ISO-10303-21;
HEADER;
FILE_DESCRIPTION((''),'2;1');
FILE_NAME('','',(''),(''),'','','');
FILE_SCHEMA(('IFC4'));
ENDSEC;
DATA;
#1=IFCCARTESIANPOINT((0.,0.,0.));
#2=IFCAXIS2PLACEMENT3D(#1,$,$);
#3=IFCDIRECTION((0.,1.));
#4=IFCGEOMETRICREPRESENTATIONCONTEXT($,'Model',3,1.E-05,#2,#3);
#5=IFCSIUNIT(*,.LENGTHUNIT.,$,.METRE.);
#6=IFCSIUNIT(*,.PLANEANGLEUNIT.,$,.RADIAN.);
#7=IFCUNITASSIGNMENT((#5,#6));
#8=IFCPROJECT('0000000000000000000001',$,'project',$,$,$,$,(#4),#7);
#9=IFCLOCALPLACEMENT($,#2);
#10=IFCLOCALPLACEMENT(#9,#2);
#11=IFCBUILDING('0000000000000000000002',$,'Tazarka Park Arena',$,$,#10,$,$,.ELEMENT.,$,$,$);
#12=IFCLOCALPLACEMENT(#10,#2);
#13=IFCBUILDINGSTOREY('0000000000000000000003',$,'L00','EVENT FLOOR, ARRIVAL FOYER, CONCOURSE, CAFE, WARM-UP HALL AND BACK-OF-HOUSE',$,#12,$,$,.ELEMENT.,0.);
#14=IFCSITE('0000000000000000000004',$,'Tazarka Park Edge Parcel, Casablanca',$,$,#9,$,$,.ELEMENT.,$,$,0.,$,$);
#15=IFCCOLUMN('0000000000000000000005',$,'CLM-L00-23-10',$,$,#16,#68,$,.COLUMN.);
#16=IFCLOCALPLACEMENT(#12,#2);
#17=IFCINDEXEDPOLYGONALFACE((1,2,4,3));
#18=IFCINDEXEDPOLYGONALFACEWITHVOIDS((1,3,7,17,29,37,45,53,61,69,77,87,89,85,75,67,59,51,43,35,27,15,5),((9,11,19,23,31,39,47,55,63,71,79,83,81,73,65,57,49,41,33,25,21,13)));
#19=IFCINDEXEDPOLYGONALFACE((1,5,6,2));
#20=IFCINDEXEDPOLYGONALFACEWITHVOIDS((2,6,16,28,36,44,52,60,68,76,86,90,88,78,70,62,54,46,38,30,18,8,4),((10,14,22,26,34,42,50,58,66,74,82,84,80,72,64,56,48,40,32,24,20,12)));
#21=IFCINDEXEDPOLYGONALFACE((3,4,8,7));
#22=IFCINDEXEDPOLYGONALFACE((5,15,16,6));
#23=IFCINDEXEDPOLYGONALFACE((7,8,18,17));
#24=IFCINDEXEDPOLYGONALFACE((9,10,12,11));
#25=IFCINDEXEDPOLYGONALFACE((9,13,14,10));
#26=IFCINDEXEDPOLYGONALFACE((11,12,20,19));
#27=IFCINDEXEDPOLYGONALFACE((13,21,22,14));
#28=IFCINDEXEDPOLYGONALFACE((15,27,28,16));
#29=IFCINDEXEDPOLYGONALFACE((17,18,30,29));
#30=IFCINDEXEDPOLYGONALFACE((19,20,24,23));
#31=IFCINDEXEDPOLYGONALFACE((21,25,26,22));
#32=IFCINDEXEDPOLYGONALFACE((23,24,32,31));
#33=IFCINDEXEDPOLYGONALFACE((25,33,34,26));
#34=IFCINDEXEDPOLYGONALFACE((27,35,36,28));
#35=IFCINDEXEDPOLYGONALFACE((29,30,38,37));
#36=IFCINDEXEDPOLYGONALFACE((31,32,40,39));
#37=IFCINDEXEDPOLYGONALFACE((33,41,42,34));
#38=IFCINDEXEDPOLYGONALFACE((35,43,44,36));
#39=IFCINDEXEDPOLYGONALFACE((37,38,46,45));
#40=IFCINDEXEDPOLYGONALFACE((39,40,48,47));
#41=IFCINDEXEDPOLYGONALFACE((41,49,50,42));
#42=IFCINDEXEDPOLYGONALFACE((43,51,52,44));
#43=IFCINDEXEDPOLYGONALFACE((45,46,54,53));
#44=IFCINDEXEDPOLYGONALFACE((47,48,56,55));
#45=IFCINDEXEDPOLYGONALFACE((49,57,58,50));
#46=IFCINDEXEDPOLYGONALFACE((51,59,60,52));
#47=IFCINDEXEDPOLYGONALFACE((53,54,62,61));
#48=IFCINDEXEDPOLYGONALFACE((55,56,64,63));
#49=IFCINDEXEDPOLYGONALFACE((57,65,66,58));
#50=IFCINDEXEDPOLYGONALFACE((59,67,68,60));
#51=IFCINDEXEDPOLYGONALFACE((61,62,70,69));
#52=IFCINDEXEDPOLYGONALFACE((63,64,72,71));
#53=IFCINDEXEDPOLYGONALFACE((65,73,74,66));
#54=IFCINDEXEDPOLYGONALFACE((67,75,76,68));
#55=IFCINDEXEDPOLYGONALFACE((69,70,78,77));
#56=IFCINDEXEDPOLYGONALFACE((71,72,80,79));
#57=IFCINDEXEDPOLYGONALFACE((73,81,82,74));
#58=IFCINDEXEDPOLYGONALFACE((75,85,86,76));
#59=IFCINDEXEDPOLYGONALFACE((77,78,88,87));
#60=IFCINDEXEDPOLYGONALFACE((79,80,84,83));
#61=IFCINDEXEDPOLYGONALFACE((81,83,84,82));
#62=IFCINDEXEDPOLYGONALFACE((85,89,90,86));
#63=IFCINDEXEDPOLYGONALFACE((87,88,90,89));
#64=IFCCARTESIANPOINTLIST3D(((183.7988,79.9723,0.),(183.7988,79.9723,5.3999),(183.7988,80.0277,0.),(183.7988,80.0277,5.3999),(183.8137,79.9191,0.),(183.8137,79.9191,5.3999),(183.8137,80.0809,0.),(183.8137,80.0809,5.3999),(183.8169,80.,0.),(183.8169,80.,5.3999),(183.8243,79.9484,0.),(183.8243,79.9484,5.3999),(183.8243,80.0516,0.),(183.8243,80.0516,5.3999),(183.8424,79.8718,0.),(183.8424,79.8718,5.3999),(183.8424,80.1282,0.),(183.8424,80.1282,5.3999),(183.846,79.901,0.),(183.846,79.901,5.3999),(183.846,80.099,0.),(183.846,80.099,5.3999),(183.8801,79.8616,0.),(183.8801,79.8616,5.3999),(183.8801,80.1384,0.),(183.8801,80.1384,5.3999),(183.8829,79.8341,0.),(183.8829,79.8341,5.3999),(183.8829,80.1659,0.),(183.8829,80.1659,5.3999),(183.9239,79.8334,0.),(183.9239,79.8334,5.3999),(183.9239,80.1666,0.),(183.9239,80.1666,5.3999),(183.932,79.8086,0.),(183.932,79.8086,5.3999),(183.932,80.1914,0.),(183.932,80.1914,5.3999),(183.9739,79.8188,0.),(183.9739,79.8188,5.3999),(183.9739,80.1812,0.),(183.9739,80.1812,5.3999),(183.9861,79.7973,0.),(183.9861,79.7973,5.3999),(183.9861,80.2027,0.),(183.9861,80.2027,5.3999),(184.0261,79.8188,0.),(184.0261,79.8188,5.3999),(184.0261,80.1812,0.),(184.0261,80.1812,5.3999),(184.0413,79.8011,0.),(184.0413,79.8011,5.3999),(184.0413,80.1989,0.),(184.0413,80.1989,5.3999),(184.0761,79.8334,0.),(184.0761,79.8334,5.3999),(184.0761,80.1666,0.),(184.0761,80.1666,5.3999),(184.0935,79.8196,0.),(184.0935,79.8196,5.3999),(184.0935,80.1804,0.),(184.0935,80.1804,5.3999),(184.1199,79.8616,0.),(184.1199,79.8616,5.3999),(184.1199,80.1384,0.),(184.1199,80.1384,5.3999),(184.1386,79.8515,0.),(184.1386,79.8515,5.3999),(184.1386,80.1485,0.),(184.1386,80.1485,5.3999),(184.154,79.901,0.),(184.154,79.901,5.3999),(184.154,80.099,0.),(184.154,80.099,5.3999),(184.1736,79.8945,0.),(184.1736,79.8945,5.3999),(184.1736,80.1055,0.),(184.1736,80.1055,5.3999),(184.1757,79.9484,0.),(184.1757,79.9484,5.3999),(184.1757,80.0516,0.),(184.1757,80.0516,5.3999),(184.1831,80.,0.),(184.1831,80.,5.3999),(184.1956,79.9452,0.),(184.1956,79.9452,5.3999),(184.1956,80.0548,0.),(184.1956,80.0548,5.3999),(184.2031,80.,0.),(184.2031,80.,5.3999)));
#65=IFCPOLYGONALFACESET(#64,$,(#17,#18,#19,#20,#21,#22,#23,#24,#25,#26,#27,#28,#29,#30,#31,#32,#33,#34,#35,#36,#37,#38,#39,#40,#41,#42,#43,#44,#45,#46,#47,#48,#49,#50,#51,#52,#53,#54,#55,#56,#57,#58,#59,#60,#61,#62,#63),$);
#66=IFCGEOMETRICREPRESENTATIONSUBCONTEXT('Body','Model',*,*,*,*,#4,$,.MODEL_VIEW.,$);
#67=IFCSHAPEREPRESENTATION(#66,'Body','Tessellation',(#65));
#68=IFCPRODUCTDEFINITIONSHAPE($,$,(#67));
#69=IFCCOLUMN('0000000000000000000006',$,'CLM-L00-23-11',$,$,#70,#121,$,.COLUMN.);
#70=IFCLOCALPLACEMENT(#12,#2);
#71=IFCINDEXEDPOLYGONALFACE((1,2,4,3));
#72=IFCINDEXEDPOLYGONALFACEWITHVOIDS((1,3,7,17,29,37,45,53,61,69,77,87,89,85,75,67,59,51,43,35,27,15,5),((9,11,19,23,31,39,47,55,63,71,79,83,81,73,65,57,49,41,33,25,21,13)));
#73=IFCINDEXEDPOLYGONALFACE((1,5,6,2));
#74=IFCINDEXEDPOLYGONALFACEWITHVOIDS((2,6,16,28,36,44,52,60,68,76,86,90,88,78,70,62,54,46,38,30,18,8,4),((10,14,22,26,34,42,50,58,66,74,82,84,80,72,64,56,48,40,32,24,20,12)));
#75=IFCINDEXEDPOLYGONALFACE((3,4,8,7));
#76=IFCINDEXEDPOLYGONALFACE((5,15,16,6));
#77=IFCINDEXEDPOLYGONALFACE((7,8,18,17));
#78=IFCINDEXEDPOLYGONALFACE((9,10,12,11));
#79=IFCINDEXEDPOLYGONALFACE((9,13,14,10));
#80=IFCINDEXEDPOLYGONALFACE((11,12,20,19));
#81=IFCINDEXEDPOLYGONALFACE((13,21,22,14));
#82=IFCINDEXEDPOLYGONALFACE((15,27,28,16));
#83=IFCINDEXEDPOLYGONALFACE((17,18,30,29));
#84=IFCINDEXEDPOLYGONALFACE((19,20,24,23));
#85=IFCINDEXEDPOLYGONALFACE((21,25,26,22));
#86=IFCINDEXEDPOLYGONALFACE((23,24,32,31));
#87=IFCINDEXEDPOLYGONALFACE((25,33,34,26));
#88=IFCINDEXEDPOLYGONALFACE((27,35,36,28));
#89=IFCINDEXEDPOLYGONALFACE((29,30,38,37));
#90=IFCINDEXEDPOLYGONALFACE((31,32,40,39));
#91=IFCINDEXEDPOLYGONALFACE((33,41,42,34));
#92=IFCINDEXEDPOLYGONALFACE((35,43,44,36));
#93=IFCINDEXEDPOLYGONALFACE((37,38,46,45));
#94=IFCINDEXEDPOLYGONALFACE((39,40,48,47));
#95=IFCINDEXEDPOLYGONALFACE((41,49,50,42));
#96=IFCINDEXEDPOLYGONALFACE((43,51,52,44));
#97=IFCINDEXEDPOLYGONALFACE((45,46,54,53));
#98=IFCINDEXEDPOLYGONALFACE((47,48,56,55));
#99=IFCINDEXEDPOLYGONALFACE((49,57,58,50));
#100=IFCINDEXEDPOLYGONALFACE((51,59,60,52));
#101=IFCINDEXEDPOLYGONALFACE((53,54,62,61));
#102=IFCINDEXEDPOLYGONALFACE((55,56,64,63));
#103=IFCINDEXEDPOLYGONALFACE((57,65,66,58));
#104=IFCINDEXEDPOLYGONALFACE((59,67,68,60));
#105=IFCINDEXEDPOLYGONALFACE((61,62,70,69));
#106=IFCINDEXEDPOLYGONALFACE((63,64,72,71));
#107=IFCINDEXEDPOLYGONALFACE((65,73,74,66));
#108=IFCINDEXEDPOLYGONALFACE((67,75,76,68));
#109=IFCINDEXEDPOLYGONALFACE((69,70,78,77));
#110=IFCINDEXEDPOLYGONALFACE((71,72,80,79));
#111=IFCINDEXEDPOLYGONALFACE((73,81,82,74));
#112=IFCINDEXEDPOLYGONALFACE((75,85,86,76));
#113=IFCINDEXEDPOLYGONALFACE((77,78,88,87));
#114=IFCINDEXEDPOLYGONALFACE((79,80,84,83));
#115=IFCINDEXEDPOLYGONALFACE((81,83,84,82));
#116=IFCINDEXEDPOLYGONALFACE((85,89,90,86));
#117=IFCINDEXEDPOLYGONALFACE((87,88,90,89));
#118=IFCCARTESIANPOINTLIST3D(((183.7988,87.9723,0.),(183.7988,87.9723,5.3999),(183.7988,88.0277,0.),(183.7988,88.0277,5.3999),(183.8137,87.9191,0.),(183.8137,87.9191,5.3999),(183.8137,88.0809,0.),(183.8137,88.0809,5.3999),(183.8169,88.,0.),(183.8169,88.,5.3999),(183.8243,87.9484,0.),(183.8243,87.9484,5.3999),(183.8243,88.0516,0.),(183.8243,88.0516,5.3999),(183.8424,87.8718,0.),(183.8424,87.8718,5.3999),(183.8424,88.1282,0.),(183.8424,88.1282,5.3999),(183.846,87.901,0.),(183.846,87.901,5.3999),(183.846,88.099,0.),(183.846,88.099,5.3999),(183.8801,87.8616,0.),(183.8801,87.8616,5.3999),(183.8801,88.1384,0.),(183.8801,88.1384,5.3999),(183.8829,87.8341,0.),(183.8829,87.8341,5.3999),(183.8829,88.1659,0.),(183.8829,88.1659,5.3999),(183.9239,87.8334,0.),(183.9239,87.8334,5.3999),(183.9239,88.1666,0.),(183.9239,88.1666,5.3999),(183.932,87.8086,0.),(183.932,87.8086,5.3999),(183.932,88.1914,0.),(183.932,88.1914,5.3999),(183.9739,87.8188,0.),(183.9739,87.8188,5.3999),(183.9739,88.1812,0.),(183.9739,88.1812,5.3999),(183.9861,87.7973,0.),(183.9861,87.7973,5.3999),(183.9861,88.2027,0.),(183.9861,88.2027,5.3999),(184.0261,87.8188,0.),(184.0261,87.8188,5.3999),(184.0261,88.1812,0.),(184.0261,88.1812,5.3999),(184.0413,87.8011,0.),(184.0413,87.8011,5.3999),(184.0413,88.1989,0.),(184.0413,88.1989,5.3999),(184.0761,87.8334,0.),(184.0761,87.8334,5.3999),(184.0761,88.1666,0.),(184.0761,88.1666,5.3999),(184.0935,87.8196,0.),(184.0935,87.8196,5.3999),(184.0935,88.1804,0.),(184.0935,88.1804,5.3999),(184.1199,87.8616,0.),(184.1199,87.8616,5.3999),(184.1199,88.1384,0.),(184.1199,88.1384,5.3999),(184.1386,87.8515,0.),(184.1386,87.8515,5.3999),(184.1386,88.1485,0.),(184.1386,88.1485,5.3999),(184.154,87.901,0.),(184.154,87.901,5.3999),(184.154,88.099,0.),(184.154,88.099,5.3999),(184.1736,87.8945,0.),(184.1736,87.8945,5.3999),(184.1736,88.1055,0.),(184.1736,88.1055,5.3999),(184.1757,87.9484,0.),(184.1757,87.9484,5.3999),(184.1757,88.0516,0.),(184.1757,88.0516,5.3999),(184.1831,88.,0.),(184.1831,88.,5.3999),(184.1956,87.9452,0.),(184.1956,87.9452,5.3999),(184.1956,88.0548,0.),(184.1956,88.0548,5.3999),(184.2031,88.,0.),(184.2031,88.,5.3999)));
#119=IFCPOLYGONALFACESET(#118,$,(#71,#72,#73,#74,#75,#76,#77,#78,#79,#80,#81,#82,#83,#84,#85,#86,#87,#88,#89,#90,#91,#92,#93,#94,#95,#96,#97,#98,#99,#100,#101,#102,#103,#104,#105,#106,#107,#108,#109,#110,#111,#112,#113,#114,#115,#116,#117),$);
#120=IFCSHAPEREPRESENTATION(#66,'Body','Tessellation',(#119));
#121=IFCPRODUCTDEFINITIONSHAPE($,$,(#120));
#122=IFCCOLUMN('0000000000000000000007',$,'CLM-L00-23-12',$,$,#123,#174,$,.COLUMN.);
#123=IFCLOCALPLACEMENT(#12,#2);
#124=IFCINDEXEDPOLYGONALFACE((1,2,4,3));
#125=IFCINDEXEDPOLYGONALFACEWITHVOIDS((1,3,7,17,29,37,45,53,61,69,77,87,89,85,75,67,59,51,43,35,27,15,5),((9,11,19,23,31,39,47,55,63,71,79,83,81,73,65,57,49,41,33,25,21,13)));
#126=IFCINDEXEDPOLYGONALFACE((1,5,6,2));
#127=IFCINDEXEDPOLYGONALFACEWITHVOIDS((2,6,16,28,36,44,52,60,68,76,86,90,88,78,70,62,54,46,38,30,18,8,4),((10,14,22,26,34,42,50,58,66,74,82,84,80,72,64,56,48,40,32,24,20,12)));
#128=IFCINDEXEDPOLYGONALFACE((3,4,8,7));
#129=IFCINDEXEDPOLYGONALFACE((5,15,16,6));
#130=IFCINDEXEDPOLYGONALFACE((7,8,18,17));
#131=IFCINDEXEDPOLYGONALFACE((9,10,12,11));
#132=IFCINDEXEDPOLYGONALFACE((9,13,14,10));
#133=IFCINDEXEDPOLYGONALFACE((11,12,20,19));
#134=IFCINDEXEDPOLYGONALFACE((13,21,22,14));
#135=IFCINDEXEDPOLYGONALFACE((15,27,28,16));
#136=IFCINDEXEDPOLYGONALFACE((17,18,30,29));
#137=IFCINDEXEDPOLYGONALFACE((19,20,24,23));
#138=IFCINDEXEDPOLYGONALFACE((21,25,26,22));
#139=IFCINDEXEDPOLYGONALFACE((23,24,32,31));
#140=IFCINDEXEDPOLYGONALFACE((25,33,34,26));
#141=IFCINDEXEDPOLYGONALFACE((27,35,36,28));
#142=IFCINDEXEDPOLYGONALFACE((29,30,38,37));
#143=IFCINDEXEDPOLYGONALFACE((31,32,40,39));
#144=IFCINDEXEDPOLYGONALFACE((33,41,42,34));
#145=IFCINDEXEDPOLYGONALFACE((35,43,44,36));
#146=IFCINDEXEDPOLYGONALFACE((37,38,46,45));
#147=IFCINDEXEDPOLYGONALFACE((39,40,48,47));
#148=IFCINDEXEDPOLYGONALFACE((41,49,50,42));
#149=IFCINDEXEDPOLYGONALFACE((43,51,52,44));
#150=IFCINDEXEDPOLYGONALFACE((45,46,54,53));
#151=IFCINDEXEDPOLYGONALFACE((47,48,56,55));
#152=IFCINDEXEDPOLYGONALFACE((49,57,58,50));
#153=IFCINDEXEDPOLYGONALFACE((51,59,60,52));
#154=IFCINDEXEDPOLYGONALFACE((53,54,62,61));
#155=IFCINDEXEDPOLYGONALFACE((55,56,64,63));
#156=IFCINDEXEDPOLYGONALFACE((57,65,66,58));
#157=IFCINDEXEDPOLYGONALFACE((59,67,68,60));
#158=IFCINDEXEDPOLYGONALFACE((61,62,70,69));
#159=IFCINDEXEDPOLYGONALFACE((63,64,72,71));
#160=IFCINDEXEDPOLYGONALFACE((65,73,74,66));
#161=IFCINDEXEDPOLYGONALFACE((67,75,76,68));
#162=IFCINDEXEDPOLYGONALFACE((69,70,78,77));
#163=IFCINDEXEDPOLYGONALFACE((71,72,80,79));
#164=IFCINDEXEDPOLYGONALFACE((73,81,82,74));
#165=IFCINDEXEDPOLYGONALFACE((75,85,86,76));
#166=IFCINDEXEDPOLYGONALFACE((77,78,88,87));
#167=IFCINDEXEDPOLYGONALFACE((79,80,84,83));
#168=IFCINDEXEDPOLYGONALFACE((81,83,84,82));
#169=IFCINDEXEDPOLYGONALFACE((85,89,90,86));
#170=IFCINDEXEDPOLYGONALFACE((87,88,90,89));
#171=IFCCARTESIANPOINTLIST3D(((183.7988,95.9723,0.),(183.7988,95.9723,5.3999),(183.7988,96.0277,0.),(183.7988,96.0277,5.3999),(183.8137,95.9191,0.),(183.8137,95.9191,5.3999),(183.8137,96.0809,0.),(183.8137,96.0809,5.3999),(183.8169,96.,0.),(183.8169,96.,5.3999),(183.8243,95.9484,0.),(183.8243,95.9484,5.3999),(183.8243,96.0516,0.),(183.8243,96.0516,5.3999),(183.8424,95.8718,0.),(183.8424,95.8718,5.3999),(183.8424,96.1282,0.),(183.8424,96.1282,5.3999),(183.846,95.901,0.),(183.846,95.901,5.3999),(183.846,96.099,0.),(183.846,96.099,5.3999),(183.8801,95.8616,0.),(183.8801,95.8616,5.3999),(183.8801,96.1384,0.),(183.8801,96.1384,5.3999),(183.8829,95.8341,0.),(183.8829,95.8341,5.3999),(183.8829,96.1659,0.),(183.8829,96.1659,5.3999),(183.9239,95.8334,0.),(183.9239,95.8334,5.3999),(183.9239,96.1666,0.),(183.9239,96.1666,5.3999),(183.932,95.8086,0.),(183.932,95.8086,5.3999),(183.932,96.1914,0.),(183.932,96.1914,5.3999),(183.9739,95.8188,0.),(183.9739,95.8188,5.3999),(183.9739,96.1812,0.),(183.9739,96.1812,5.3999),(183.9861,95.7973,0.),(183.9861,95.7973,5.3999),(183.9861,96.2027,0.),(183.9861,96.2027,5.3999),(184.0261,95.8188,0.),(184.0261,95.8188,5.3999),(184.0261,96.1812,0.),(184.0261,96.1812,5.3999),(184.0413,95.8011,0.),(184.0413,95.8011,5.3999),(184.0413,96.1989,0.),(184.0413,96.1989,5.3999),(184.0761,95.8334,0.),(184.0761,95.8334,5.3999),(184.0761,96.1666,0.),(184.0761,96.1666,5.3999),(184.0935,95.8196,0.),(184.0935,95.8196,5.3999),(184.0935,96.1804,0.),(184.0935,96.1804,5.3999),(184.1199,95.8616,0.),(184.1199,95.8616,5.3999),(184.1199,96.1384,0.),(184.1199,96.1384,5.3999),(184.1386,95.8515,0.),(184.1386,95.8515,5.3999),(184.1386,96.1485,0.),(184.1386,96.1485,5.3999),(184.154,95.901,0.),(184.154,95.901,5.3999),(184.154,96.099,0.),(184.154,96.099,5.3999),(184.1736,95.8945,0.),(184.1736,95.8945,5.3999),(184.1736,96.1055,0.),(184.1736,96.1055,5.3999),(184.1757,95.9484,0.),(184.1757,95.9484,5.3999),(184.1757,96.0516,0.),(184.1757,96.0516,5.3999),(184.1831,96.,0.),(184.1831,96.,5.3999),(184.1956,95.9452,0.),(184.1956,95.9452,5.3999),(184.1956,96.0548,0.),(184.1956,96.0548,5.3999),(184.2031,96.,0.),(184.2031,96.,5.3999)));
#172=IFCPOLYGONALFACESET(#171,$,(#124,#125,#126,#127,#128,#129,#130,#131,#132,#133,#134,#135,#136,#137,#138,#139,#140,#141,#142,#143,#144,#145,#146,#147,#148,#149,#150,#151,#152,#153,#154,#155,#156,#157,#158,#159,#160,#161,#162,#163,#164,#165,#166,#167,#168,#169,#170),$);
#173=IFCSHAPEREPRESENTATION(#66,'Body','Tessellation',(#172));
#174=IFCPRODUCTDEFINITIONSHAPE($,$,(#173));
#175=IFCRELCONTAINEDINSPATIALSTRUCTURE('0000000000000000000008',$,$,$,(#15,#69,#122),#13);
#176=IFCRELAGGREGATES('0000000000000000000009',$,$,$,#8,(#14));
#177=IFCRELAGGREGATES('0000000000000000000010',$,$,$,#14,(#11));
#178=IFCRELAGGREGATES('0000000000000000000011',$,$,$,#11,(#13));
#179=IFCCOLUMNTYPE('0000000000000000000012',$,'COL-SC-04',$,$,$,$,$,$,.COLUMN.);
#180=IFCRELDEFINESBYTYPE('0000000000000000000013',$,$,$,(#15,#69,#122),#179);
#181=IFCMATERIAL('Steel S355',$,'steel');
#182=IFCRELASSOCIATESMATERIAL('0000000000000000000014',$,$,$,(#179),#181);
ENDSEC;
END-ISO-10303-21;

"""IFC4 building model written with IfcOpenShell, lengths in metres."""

from ifc_helpers import new_model, si_unit, direction, frame, origin, origin_2d, place, context, subcontext, project, spatial, hollow_circle, extrude, material, material_profile, profile_set, type_object, element, save


model = new_model("IFC4")

# Units and contexts
model_context = context("Model", 3, precision=1e-05, world=origin(), true_north=direction((0.0, 1.0)))
body_context = subcontext(model_context, "Body", "Model", "MODEL_VIEW")
ifc_project = project(units=[si_unit("LENGTHUNIT", "METRE"), si_unit("PLANEANGLEUNIT", "RADIAN")], contexts=[model_context])

# Site, building, storey
site_placement = place(None, origin())
site = spatial("IfcSite", under=ifc_project, at=site_placement, Name="Tazarka Park Edge Parcel, Casablanca", CompositionType="ELEMENT", RefElevation=0.0)
building_placement = place(site_placement, origin())
building = spatial("IfcBuilding", under=site, at=building_placement, Name="Tazarka Park Arena", CompositionType="ELEMENT")
storey_placement = place(building_placement, origin())
storey = spatial("IfcBuildingStorey", under=building, at=storey_placement, Name="L00", Description="EVENT FLOOR, ARRIVAL FOYER, CONCOURSE, CAFE, WARM-UP HALL AND BACK-OF-HOUSE", CompositionType="ELEMENT", Elevation=0.0)

# Columns
ifc_material_1 = material(Name="Steel S355", Category="steel")
ifc_material_profile_1 = material_profile(ifc_material_1, hollow_circle(Radius=0.2031, WallThickness=0.02, at=origin_2d()), Name="Steel S355")
ifc_profile_set_1 = profile_set([ifc_material_profile_1], Name="Steel S355")
column_type_1 = type_object("IfcColumnType", Name="COL-SC-04", PredefinedType="COLUMN", material=ifc_profile_set_1)
for number, where, z_axis, x_axis, name in (
    (1, (184.0, 80.0, 0.0), (0.0, 0.0, 1.0), (1.0, 0.0, 0.0), "CLM-L00-23-10"),
    (2, (184.0, 88.0, 0.0), (0.0, 0.0, 1.0), (1.0, 0.0, 0.0), "CLM-L00-23-11"),
    (3, (184.0, 96.0, 0.0), (0.0, 0.0, 1.0), (1.0, 0.0, 0.0), "CLM-L00-23-12"),
):
    element("IfcColumn", number, at=place(storey_placement, frame(where, z_axis=z_axis, x_axis=x_axis)), inside=storey, type_object=column_type_1, Name=name, PredefinedType="COLUMN", context=body_context, shape_type="SweptSolid", body=[
        extrude(hollow_circle(Radius=0.2031, WallThickness=0.02, at=origin_2d()), origin(), (0.0, 0.0, 1.0), 5.3999),
    ])

save(model, "model.ifc")
